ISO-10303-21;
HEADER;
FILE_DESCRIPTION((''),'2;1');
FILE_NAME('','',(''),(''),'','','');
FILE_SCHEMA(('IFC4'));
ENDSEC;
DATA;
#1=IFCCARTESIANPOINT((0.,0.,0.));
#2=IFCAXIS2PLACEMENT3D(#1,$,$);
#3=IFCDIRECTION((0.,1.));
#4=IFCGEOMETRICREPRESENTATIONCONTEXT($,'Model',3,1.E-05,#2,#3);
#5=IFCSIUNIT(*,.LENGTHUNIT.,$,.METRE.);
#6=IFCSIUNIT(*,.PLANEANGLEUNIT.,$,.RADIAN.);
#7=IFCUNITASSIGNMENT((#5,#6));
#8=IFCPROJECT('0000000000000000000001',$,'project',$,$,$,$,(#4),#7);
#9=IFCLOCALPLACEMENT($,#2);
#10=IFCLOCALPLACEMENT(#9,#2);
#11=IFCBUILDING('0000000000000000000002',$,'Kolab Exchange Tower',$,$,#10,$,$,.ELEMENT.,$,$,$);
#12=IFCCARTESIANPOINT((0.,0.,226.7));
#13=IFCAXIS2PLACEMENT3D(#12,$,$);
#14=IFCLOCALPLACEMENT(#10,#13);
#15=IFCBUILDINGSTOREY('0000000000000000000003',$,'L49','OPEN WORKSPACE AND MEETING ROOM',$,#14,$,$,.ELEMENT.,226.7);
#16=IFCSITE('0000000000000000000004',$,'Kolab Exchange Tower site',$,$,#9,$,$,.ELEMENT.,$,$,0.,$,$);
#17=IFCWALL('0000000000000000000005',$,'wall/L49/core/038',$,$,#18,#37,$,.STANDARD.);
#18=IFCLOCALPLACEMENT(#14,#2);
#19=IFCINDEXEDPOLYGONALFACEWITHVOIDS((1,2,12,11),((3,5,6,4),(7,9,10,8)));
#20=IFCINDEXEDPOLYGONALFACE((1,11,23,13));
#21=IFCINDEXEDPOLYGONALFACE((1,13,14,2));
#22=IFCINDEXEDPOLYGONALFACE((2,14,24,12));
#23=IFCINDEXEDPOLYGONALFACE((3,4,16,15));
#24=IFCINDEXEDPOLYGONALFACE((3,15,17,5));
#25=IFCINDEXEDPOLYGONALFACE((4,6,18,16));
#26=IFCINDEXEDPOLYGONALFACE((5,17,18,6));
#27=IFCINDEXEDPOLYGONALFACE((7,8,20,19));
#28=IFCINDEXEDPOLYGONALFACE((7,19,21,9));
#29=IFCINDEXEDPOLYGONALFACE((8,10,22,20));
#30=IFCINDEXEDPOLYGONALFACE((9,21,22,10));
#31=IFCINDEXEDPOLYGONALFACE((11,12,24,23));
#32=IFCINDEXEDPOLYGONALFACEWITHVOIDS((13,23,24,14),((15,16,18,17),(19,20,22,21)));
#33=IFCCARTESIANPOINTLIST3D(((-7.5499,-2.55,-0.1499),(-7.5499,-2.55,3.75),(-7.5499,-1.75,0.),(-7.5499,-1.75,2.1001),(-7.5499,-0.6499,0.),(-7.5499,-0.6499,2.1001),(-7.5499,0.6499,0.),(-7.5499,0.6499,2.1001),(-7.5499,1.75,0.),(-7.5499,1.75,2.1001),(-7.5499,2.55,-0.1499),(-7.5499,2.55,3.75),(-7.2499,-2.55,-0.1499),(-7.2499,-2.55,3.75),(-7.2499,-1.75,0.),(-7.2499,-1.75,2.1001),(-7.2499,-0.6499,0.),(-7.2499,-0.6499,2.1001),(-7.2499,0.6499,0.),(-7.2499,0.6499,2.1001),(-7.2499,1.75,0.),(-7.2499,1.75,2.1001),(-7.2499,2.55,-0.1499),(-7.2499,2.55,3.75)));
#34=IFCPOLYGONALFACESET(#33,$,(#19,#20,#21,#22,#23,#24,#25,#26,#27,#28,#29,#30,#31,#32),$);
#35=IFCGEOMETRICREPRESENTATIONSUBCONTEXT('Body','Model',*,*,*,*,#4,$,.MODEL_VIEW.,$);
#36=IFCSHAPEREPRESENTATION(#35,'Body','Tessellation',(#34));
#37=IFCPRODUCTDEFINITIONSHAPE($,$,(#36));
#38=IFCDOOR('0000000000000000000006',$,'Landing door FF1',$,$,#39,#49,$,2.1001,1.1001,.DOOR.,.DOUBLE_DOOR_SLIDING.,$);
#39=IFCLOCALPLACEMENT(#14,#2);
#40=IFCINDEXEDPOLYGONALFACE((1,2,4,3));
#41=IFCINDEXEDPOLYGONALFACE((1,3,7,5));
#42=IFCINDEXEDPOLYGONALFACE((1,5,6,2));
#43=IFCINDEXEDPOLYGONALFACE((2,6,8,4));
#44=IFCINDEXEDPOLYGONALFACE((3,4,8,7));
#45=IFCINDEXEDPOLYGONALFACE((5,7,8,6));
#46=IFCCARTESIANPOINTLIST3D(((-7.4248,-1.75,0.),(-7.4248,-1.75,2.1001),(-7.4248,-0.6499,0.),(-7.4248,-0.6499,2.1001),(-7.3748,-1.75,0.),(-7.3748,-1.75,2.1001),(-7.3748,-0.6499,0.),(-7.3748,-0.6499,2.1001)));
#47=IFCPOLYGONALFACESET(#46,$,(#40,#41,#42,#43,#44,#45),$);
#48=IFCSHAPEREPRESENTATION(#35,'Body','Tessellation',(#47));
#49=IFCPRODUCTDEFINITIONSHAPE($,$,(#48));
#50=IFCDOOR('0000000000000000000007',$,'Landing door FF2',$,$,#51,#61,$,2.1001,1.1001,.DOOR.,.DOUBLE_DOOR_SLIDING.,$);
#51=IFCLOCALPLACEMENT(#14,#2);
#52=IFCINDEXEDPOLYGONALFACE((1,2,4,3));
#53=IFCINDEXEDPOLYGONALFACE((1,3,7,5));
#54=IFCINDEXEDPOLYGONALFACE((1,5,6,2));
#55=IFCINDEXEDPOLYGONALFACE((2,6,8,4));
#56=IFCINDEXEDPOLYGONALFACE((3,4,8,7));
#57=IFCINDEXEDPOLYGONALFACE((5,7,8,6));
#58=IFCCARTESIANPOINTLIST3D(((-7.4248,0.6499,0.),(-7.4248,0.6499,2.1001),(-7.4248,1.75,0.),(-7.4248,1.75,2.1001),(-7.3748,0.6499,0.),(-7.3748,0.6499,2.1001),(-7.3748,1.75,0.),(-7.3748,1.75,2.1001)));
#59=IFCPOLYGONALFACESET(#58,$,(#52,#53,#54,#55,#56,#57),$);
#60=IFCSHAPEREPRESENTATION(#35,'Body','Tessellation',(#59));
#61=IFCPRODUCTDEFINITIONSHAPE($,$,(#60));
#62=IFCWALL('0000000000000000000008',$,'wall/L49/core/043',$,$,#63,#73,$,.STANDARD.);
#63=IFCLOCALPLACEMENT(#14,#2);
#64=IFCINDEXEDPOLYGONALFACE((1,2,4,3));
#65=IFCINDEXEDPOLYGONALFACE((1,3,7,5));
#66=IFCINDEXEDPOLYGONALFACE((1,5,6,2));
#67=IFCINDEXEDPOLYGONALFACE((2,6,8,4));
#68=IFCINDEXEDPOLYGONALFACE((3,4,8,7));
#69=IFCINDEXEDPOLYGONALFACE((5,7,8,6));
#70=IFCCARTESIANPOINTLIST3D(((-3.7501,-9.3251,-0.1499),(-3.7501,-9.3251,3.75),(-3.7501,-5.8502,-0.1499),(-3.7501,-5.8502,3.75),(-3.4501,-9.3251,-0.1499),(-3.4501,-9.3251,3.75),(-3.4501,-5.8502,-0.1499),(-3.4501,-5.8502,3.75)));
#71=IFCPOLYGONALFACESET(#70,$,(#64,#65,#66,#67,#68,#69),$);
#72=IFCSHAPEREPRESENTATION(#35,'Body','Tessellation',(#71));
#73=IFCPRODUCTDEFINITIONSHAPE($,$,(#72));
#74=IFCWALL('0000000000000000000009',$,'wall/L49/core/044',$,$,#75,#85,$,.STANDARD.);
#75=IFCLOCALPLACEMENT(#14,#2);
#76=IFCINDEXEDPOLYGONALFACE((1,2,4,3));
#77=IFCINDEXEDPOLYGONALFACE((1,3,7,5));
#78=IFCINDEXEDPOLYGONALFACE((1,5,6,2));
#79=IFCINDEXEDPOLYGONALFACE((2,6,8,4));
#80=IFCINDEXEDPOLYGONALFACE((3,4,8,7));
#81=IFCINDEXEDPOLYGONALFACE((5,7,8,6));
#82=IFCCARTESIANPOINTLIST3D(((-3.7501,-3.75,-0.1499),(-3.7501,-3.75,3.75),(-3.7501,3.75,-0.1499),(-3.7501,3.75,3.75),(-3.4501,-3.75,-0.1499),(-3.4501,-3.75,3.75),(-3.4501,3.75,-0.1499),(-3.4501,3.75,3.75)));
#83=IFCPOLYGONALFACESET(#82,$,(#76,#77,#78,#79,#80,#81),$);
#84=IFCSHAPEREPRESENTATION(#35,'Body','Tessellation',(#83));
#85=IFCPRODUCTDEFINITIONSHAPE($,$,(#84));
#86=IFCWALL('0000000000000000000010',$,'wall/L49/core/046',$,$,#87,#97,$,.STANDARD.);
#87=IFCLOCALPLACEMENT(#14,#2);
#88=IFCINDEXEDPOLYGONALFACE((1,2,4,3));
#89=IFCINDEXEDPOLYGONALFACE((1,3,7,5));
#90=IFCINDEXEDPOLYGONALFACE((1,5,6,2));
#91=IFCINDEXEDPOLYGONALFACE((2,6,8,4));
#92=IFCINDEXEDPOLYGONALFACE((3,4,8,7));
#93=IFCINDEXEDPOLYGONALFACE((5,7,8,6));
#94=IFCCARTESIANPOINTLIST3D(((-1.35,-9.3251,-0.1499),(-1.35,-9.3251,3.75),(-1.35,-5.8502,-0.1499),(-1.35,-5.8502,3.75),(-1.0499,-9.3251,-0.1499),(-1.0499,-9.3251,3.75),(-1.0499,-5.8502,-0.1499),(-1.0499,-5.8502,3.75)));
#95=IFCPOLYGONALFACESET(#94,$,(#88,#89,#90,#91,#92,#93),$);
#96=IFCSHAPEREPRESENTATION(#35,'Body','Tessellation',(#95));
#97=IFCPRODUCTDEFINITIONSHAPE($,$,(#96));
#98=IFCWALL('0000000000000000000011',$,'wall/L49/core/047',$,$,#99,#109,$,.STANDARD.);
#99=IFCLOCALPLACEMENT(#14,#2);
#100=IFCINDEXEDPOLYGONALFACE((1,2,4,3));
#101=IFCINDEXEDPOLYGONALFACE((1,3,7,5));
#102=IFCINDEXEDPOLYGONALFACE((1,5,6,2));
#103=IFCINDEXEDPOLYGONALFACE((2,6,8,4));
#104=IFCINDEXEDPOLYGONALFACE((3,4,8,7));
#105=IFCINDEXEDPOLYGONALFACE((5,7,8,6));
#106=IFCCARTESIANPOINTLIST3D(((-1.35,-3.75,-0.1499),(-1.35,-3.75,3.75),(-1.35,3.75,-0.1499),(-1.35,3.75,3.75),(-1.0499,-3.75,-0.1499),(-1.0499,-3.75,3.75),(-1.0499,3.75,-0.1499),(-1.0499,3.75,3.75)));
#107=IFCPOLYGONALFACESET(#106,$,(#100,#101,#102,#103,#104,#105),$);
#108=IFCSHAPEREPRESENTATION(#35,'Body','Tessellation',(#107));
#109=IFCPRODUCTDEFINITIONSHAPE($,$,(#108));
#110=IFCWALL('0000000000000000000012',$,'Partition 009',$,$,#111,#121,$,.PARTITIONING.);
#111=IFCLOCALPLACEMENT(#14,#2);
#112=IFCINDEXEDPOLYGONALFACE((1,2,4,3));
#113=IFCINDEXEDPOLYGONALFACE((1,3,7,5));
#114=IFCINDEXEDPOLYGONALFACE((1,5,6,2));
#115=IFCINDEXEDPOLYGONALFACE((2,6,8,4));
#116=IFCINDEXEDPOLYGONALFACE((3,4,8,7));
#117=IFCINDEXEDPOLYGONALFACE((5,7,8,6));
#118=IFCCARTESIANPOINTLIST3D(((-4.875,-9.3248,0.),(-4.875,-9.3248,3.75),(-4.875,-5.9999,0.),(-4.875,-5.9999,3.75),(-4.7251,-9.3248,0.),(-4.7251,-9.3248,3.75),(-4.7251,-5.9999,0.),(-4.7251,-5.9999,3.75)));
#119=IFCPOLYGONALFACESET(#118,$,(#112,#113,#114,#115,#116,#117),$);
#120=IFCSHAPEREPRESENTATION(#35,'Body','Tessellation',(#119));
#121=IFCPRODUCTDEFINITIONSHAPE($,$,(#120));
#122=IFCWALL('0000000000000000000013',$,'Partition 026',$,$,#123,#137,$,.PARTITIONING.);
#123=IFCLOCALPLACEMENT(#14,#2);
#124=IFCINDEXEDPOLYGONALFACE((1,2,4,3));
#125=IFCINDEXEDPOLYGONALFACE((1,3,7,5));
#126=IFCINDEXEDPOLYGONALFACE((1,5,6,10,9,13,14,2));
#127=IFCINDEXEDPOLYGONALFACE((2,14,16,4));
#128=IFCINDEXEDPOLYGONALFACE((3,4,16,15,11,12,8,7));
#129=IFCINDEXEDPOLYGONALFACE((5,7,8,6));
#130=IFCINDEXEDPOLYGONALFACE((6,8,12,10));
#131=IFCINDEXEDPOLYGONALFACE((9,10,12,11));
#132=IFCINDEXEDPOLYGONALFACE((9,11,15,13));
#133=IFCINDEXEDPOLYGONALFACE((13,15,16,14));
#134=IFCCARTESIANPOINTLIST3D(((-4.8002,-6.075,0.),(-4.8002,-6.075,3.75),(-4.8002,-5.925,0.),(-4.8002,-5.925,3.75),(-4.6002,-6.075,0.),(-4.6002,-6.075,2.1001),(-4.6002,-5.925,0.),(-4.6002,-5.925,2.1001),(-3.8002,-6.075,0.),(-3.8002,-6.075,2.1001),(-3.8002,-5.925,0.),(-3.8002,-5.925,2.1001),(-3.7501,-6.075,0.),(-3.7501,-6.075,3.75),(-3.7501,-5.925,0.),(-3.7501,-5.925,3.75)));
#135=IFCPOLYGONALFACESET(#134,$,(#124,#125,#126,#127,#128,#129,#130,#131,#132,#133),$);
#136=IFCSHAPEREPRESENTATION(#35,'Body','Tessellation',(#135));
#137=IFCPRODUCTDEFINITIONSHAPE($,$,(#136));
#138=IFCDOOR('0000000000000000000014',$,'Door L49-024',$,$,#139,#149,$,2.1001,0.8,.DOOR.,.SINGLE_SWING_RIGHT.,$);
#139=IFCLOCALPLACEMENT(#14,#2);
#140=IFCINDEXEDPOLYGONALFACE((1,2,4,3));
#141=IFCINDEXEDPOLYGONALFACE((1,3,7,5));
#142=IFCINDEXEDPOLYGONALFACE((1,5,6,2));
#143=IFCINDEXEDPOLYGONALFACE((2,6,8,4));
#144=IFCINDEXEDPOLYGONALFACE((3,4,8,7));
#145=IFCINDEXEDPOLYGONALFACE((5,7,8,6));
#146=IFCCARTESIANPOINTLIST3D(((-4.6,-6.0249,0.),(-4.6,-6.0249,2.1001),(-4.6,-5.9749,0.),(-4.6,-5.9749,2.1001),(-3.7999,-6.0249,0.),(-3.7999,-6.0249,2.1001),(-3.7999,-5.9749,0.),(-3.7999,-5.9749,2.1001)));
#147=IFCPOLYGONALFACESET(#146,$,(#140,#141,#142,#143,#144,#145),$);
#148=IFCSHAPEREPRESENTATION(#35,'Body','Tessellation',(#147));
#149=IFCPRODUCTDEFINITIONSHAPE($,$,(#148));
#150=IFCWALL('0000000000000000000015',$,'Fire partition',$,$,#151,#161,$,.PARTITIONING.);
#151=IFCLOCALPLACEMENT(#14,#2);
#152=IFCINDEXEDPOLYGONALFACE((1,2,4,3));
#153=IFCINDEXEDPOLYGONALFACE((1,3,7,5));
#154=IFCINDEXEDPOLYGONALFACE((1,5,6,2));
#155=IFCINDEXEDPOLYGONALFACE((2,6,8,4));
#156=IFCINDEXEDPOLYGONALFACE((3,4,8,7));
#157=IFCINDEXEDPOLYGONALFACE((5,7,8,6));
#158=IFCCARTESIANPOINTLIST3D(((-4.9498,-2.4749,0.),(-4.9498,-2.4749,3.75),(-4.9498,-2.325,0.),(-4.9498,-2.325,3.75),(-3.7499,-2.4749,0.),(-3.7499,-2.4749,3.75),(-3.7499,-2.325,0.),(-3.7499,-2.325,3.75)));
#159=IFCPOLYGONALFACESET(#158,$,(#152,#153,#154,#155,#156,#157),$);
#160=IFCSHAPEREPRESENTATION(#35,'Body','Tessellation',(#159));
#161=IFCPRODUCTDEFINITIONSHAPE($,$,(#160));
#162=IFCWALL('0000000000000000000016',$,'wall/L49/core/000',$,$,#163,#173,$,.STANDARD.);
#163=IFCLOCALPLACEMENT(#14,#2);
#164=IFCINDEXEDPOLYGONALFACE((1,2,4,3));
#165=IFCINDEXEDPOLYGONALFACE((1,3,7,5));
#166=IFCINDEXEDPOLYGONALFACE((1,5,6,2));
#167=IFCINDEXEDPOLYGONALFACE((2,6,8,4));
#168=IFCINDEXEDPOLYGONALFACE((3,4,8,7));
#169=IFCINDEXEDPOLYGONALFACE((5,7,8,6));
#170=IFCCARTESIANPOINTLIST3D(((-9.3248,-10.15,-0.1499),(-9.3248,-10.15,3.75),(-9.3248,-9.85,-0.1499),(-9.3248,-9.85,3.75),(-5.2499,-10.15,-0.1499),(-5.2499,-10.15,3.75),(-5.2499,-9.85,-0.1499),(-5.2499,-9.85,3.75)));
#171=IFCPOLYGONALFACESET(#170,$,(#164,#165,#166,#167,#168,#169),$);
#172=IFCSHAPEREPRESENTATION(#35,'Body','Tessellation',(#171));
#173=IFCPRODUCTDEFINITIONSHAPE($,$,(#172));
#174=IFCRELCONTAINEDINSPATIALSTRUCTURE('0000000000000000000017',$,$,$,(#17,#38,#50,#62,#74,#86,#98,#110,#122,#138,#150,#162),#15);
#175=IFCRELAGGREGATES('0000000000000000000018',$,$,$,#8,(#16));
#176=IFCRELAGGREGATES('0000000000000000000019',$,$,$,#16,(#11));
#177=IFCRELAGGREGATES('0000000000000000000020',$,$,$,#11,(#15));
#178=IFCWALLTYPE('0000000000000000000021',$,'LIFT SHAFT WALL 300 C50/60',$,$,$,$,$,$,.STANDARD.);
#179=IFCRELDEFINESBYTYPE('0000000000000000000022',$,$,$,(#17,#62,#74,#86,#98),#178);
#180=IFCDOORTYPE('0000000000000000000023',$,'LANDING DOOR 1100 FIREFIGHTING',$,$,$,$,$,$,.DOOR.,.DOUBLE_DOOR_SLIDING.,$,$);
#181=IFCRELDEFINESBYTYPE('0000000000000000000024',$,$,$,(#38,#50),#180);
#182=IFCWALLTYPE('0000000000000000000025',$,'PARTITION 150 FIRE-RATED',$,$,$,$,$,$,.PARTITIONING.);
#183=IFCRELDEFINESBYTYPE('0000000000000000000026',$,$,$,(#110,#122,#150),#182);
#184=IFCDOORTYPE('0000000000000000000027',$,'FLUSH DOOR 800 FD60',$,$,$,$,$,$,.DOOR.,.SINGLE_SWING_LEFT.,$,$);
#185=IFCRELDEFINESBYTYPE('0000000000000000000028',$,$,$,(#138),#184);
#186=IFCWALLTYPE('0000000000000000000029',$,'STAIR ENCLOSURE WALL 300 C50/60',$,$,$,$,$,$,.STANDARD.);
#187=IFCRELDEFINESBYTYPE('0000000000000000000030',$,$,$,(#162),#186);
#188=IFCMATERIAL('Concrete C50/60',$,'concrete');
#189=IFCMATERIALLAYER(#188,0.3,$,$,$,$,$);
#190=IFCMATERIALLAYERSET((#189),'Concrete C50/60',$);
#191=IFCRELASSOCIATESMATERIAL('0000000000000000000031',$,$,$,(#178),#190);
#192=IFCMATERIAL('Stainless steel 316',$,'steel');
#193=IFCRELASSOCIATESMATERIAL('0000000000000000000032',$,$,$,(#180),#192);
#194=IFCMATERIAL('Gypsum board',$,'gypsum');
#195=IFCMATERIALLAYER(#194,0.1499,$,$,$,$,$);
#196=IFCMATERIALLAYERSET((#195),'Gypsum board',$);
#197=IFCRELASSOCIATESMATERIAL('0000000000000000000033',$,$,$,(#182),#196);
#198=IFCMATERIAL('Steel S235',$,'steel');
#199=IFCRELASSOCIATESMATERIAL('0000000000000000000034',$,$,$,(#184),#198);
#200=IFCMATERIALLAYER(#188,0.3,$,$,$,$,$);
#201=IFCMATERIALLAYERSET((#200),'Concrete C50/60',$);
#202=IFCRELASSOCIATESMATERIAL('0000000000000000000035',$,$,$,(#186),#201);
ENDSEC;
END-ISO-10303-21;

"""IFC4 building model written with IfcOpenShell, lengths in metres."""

from ifc_helpers import new_model, si_unit, direction, frame, frame_2d, origin, place, context, subcontext, project, spatial, rectangle, extrude, material, layer, layer_set, type_object, element, fill, save


model = new_model("IFC4")

# Units and contexts
model_context = context("Model", 3, precision=1e-05, world=origin(), true_north=direction((0.0, 1.0)))
body_context = subcontext(model_context, "Body", "Model", "MODEL_VIEW")
ifc_project = project(units=[si_unit("LENGTHUNIT", "METRE"), si_unit("PLANEANGLEUNIT", "RADIAN")], contexts=[model_context])

# Site, building, storey
site_placement = place(None, origin())
site = spatial("IfcSite", under=ifc_project, at=site_placement, Name="Kolab Exchange Tower site", CompositionType="ELEMENT", RefElevation=0.0)
building_placement = place(site_placement, origin())
building = spatial("IfcBuilding", under=site, at=building_placement, Name="Kolab Exchange Tower", CompositionType="ELEMENT")
storey_placement = place(building_placement, frame((0.0, 0.0, 226.7)))
storey = spatial("IfcBuildingStorey", under=building, at=storey_placement, Name="L49", Description="OPEN WORKSPACE AND MEETING ROOM", CompositionType="ELEMENT", Elevation=226.7)

# Shared definitions
ifc_material_1 = material(Name="Concrete C50/60", Category="concrete")
ifc_material_2 = material(Name="Steel S235", Category="steel")
ifc_layer_1 = layer(ifc_material_1, 0.3)
ifc_layer_set_1 = layer_set([ifc_layer_1], Name="Concrete C50/60")
wall_type_1 = type_object("IfcWallType", Name="LIFT SHAFT WALL 300 C50/60", PredefinedType="STANDARD", material=ifc_layer_set_1)
ifc_material_3 = material(Name="Stainless steel 316", Category="steel")

# Wall, openings, doors
wall_1_placement = place(storey_placement, frame((-7.3999, -2.55, -0.1499), z_axis=(0.0, 0.0, 1.0), x_axis=(0.0, 1.0, 0.0)))
wall_1 = element("IfcWall", 1, at=wall_1_placement, inside=storey, type_object=wall_type_1, Name="wall/L49/core/038", PredefinedType="STANDARD", context=body_context, shape_type="SweptSolid", body=[
    extrude(rectangle(XDim=5.1001, YDim=0.3, at=frame_2d((2.55, 0.0))), origin(), (0.0, 0.0, 1.0), 3.8999),
])
opening_1_placement = place(wall_1_placement, frame((0.8, 0.0, 0.1499)))
opening_1 = element("IfcOpeningElement", 2, at=opening_1_placement, cuts=wall_1, PredefinedType="OPENING", context=body_context, shape_type="SweptSolid", body=[
    extrude(rectangle(XDim=1.1001, YDim=2.1001, at=frame_2d((0.55, 1.05))), frame((0.0, 0.1602, 0.0), z_axis=(0.0, -1.0, 0.0), x_axis=(1.0, 0.0, 0.0)), (0.0, 0.0, 1.0), 0.3201),
])
opening_2_placement = place(wall_1_placement, frame((3.2, 0.0, 0.1499)))
opening_2 = element("IfcOpeningElement", 3, at=opening_2_placement, cuts=wall_1, PredefinedType="OPENING", context=body_context, shape_type="SweptSolid", body=[
    extrude(rectangle(XDim=1.1001, YDim=2.1001, at=frame_2d((0.55, 1.05))), frame((0.0, 0.1602, 0.0), z_axis=(0.0, -1.0, 0.0), x_axis=(1.0, 0.0, 0.0)), (0.0, 0.0, 1.0), 0.3201),
])
door_type_1 = type_object("IfcDoorType", Name="LANDING DOOR 1100 FIREFIGHTING", OperationType="DOUBLE_DOOR_SLIDING", PredefinedType="DOOR", material=ifc_material_3)
door_1_placement = place(opening_1_placement, origin())
door_1 = element("IfcDoor", 4, at=door_1_placement, inside=storey, type_object=door_type_1, Name="Landing door FF1", OperationType="DOUBLE_DOOR_SLIDING", OverallHeight=2.1001, OverallWidth=1.1001, PredefinedType="DOOR", context=body_context, shape_type="SweptSolid", body=[
    extrude(rectangle(XDim=1.1001, YDim=2.1001, at=frame_2d((0.55, 1.05))), frame((0.0, 0.0249, 0.0), z_axis=(0.0, -1.0, 0.0), x_axis=(1.0, 0.0, 0.0)), (0.0, 0.0, 1.0), 0.05),
])
fill(opening_1, door_1)
door_2_placement = place(opening_2_placement, origin())
door_2 = element("IfcDoor", 5, at=door_2_placement, inside=storey, type_object=door_type_1, Name="Landing door FF2", OperationType="DOUBLE_DOOR_SLIDING", OverallHeight=2.1001, OverallWidth=1.1001, PredefinedType="DOOR", context=body_context, shape_type="SweptSolid", body=[
    extrude(rectangle(XDim=1.1001, YDim=2.1001, at=frame_2d((0.55, 1.05))), frame((0.0, 0.0249, 0.0), z_axis=(0.0, -1.0, 0.0), x_axis=(1.0, 0.0, 0.0)), (0.0, 0.0, 1.0), 0.05),
])
fill(opening_2, door_2)

# Walls
wall_2_placement = place(storey_placement, frame((-3.6001, -9.325, -0.1499), z_axis=(0.0, 0.0, 1.0), x_axis=(0.0, 1.0, 0.0)))
element("IfcWall", 6, at=wall_2_placement, inside=storey, type_object=wall_type_1, Name="wall/L49/core/043", PredefinedType="STANDARD", context=body_context, shape_type="SweptSolid", body=[
    extrude(rectangle(XDim=3.4749, YDim=0.3, at=frame_2d((1.7373, 0.0))), origin(), (0.0, 0.0, 1.0), 3.8999),
])
wall_3_placement = place(storey_placement, frame((-3.6001, -3.75, -0.1499), z_axis=(0.0, 0.0, 1.0), x_axis=(0.0, 1.0, 0.0)))
element("IfcWall", 7, at=wall_3_placement, inside=storey, type_object=wall_type_1, Name="wall/L49/core/044", PredefinedType="STANDARD", context=body_context, shape_type="SweptSolid", body=[
    extrude(rectangle(XDim=7.5, YDim=0.3, at=frame_2d((3.75, 0.0))), origin(), (0.0, 0.0, 1.0), 3.8999),
])
wall_4_placement = place(storey_placement, frame((-1.2, -9.325, -0.1499), z_axis=(0.0, 0.0, 1.0), x_axis=(0.0, 1.0, 0.0)))
element("IfcWall", 8, at=wall_4_placement, inside=storey, type_object=wall_type_1, Name="wall/L49/core/046", PredefinedType="STANDARD", context=body_context, shape_type="SweptSolid", body=[
    extrude(rectangle(XDim=3.4749, YDim=0.3, at=frame_2d((1.7373, 0.0))), origin(), (0.0, 0.0, 1.0), 3.8999),
])
wall_5_placement = place(storey_placement, frame((-1.2, -3.75, -0.1499), z_axis=(0.0, 0.0, 1.0), x_axis=(0.0, 1.0, 0.0)))
element("IfcWall", 9, at=wall_5_placement, inside=storey, type_object=wall_type_1, Name="wall/L49/core/047", PredefinedType="STANDARD", context=body_context, shape_type="SweptSolid", body=[
    extrude(rectangle(XDim=7.5, YDim=0.3, at=frame_2d((3.75, 0.0))), origin(), (0.0, 0.0, 1.0), 3.8999),
])
ifc_material_4 = material(Name="Gypsum board", Category="gypsum")
ifc_layer_2 = layer(ifc_material_4, 0.1499)
ifc_layer_set_2 = layer_set([ifc_layer_2], Name="Gypsum board")
wall_type_2 = type_object("IfcWallType", Name="PARTITION 150 FIRE-RATED", PredefinedType="PARTITIONING", material=ifc_layer_set_2)
wall_6_placement = place(storey_placement, frame((-4.8, -9.325, 0.0), z_axis=(0.0, 0.0, 1.0), x_axis=(0.0, 1.0, 0.0)))
element("IfcWall", 10, at=wall_6_placement, inside=storey, type_object=wall_type_2, Name="Partition 009", PredefinedType="PARTITIONING", context=body_context, shape_type="SweptSolid", body=[
    extrude(rectangle(XDim=3.325, YDim=0.1499, at=frame_2d((1.6626, 0.0))), origin(), (0.0, 0.0, 1.0), 3.75),
])

# Wall, opening, door
wall_7_placement = place(storey_placement, frame((-4.8, -6.0, 0.0), z_axis=(0.0, 0.0, 1.0), x_axis=(1.0, 0.0, 0.0)))
wall_7 = element("IfcWall", 11, at=wall_7_placement, inside=storey, type_object=wall_type_2, Name="Partition 026", PredefinedType="PARTITIONING", context=body_context, shape_type="SweptSolid", body=[
    extrude(rectangle(XDim=1.05, YDim=0.1499, at=frame_2d((0.5249, 0.0))), origin(), (0.0, 0.0, 1.0), 3.75),
])
opening_3_placement = place(wall_7_placement, frame((0.2, 0.0, 0.0)))
opening_3 = element("IfcOpeningElement", 12, at=opening_3_placement, cuts=wall_7, PredefinedType="OPENING", context=body_context, shape_type="SweptSolid", body=[
    extrude(rectangle(XDim=0.8, YDim=2.1001, at=frame_2d((0.3999, 1.05))), frame((0.0, 0.085, 0.0), z_axis=(0.0, -1.0, 0.0), x_axis=(1.0, 0.0, 0.0)), (0.0, 0.0, 1.0), 0.1699),
])
door_type_2 = type_object("IfcDoorType", Name="FLUSH DOOR 800 FD60", OperationType="SINGLE_SWING_LEFT", PredefinedType="DOOR", material=ifc_material_2)
door_3_placement = place(opening_3_placement, frame((0.8, 0.0, 0.0), z_axis=(0.0, 0.0, 1.0), x_axis=(-1.0, 0.0, 0.0)))
door_3 = element("IfcDoor", 13, at=door_3_placement, inside=storey, type_object=door_type_2, Name="Door L49-024", OperationType="SINGLE_SWING_RIGHT", OverallHeight=2.1001, OverallWidth=0.8, PredefinedType="DOOR", context=body_context, shape_type="SweptSolid", body=[
    extrude(rectangle(XDim=0.8, YDim=2.1001, at=frame_2d((0.3999, 1.05))), frame((0.0, 0.0249, 0.0), z_axis=(0.0, -1.0, 0.0), x_axis=(1.0, 0.0, 0.0)), (0.0, 0.0, 1.0), 0.05),
])
fill(opening_3, door_3)

# Walls
wall_8_placement = place(storey_placement, frame((-4.95, -2.3999, 0.0), z_axis=(0.0, 0.0, 1.0), x_axis=(1.0, 0.0, 0.0)))
element("IfcWall", 14, at=wall_8_placement, inside=storey, type_object=wall_type_2, Name="Fire partition", PredefinedType="PARTITIONING", context=body_context, shape_type="SweptSolid", body=[
    extrude(rectangle(XDim=1.2, YDim=0.1499, at=frame_2d((0.6001, 0.0))), origin(), (0.0, 0.0, 1.0), 3.75),
])
ifc_layer_3 = layer(ifc_material_1, 0.3)
ifc_layer_set_3 = layer_set([ifc_layer_3], Name="Concrete C50/60")
wall_type_3 = type_object("IfcWallType", Name="STAIR ENCLOSURE WALL 300 C50/60", PredefinedType="STANDARD", material=ifc_layer_set_3)
wall_9_placement = place(storey_placement, frame((-9.325, -10.0, -0.1499), z_axis=(0.0, 0.0, 1.0), x_axis=(1.0, 0.0, 0.0)))
element("IfcWall", 15, at=wall_9_placement, inside=storey, type_object=wall_type_3, Name="wall/L49/core/000", PredefinedType="STANDARD", context=body_context, shape_type="SweptSolid", body=[
    extrude(rectangle(XDim=4.075, YDim=0.3, at=frame_2d((2.0376, 0.0))), origin(), (0.0, 0.0, 1.0), 3.8999),
])

save(model, "model.ifc")
